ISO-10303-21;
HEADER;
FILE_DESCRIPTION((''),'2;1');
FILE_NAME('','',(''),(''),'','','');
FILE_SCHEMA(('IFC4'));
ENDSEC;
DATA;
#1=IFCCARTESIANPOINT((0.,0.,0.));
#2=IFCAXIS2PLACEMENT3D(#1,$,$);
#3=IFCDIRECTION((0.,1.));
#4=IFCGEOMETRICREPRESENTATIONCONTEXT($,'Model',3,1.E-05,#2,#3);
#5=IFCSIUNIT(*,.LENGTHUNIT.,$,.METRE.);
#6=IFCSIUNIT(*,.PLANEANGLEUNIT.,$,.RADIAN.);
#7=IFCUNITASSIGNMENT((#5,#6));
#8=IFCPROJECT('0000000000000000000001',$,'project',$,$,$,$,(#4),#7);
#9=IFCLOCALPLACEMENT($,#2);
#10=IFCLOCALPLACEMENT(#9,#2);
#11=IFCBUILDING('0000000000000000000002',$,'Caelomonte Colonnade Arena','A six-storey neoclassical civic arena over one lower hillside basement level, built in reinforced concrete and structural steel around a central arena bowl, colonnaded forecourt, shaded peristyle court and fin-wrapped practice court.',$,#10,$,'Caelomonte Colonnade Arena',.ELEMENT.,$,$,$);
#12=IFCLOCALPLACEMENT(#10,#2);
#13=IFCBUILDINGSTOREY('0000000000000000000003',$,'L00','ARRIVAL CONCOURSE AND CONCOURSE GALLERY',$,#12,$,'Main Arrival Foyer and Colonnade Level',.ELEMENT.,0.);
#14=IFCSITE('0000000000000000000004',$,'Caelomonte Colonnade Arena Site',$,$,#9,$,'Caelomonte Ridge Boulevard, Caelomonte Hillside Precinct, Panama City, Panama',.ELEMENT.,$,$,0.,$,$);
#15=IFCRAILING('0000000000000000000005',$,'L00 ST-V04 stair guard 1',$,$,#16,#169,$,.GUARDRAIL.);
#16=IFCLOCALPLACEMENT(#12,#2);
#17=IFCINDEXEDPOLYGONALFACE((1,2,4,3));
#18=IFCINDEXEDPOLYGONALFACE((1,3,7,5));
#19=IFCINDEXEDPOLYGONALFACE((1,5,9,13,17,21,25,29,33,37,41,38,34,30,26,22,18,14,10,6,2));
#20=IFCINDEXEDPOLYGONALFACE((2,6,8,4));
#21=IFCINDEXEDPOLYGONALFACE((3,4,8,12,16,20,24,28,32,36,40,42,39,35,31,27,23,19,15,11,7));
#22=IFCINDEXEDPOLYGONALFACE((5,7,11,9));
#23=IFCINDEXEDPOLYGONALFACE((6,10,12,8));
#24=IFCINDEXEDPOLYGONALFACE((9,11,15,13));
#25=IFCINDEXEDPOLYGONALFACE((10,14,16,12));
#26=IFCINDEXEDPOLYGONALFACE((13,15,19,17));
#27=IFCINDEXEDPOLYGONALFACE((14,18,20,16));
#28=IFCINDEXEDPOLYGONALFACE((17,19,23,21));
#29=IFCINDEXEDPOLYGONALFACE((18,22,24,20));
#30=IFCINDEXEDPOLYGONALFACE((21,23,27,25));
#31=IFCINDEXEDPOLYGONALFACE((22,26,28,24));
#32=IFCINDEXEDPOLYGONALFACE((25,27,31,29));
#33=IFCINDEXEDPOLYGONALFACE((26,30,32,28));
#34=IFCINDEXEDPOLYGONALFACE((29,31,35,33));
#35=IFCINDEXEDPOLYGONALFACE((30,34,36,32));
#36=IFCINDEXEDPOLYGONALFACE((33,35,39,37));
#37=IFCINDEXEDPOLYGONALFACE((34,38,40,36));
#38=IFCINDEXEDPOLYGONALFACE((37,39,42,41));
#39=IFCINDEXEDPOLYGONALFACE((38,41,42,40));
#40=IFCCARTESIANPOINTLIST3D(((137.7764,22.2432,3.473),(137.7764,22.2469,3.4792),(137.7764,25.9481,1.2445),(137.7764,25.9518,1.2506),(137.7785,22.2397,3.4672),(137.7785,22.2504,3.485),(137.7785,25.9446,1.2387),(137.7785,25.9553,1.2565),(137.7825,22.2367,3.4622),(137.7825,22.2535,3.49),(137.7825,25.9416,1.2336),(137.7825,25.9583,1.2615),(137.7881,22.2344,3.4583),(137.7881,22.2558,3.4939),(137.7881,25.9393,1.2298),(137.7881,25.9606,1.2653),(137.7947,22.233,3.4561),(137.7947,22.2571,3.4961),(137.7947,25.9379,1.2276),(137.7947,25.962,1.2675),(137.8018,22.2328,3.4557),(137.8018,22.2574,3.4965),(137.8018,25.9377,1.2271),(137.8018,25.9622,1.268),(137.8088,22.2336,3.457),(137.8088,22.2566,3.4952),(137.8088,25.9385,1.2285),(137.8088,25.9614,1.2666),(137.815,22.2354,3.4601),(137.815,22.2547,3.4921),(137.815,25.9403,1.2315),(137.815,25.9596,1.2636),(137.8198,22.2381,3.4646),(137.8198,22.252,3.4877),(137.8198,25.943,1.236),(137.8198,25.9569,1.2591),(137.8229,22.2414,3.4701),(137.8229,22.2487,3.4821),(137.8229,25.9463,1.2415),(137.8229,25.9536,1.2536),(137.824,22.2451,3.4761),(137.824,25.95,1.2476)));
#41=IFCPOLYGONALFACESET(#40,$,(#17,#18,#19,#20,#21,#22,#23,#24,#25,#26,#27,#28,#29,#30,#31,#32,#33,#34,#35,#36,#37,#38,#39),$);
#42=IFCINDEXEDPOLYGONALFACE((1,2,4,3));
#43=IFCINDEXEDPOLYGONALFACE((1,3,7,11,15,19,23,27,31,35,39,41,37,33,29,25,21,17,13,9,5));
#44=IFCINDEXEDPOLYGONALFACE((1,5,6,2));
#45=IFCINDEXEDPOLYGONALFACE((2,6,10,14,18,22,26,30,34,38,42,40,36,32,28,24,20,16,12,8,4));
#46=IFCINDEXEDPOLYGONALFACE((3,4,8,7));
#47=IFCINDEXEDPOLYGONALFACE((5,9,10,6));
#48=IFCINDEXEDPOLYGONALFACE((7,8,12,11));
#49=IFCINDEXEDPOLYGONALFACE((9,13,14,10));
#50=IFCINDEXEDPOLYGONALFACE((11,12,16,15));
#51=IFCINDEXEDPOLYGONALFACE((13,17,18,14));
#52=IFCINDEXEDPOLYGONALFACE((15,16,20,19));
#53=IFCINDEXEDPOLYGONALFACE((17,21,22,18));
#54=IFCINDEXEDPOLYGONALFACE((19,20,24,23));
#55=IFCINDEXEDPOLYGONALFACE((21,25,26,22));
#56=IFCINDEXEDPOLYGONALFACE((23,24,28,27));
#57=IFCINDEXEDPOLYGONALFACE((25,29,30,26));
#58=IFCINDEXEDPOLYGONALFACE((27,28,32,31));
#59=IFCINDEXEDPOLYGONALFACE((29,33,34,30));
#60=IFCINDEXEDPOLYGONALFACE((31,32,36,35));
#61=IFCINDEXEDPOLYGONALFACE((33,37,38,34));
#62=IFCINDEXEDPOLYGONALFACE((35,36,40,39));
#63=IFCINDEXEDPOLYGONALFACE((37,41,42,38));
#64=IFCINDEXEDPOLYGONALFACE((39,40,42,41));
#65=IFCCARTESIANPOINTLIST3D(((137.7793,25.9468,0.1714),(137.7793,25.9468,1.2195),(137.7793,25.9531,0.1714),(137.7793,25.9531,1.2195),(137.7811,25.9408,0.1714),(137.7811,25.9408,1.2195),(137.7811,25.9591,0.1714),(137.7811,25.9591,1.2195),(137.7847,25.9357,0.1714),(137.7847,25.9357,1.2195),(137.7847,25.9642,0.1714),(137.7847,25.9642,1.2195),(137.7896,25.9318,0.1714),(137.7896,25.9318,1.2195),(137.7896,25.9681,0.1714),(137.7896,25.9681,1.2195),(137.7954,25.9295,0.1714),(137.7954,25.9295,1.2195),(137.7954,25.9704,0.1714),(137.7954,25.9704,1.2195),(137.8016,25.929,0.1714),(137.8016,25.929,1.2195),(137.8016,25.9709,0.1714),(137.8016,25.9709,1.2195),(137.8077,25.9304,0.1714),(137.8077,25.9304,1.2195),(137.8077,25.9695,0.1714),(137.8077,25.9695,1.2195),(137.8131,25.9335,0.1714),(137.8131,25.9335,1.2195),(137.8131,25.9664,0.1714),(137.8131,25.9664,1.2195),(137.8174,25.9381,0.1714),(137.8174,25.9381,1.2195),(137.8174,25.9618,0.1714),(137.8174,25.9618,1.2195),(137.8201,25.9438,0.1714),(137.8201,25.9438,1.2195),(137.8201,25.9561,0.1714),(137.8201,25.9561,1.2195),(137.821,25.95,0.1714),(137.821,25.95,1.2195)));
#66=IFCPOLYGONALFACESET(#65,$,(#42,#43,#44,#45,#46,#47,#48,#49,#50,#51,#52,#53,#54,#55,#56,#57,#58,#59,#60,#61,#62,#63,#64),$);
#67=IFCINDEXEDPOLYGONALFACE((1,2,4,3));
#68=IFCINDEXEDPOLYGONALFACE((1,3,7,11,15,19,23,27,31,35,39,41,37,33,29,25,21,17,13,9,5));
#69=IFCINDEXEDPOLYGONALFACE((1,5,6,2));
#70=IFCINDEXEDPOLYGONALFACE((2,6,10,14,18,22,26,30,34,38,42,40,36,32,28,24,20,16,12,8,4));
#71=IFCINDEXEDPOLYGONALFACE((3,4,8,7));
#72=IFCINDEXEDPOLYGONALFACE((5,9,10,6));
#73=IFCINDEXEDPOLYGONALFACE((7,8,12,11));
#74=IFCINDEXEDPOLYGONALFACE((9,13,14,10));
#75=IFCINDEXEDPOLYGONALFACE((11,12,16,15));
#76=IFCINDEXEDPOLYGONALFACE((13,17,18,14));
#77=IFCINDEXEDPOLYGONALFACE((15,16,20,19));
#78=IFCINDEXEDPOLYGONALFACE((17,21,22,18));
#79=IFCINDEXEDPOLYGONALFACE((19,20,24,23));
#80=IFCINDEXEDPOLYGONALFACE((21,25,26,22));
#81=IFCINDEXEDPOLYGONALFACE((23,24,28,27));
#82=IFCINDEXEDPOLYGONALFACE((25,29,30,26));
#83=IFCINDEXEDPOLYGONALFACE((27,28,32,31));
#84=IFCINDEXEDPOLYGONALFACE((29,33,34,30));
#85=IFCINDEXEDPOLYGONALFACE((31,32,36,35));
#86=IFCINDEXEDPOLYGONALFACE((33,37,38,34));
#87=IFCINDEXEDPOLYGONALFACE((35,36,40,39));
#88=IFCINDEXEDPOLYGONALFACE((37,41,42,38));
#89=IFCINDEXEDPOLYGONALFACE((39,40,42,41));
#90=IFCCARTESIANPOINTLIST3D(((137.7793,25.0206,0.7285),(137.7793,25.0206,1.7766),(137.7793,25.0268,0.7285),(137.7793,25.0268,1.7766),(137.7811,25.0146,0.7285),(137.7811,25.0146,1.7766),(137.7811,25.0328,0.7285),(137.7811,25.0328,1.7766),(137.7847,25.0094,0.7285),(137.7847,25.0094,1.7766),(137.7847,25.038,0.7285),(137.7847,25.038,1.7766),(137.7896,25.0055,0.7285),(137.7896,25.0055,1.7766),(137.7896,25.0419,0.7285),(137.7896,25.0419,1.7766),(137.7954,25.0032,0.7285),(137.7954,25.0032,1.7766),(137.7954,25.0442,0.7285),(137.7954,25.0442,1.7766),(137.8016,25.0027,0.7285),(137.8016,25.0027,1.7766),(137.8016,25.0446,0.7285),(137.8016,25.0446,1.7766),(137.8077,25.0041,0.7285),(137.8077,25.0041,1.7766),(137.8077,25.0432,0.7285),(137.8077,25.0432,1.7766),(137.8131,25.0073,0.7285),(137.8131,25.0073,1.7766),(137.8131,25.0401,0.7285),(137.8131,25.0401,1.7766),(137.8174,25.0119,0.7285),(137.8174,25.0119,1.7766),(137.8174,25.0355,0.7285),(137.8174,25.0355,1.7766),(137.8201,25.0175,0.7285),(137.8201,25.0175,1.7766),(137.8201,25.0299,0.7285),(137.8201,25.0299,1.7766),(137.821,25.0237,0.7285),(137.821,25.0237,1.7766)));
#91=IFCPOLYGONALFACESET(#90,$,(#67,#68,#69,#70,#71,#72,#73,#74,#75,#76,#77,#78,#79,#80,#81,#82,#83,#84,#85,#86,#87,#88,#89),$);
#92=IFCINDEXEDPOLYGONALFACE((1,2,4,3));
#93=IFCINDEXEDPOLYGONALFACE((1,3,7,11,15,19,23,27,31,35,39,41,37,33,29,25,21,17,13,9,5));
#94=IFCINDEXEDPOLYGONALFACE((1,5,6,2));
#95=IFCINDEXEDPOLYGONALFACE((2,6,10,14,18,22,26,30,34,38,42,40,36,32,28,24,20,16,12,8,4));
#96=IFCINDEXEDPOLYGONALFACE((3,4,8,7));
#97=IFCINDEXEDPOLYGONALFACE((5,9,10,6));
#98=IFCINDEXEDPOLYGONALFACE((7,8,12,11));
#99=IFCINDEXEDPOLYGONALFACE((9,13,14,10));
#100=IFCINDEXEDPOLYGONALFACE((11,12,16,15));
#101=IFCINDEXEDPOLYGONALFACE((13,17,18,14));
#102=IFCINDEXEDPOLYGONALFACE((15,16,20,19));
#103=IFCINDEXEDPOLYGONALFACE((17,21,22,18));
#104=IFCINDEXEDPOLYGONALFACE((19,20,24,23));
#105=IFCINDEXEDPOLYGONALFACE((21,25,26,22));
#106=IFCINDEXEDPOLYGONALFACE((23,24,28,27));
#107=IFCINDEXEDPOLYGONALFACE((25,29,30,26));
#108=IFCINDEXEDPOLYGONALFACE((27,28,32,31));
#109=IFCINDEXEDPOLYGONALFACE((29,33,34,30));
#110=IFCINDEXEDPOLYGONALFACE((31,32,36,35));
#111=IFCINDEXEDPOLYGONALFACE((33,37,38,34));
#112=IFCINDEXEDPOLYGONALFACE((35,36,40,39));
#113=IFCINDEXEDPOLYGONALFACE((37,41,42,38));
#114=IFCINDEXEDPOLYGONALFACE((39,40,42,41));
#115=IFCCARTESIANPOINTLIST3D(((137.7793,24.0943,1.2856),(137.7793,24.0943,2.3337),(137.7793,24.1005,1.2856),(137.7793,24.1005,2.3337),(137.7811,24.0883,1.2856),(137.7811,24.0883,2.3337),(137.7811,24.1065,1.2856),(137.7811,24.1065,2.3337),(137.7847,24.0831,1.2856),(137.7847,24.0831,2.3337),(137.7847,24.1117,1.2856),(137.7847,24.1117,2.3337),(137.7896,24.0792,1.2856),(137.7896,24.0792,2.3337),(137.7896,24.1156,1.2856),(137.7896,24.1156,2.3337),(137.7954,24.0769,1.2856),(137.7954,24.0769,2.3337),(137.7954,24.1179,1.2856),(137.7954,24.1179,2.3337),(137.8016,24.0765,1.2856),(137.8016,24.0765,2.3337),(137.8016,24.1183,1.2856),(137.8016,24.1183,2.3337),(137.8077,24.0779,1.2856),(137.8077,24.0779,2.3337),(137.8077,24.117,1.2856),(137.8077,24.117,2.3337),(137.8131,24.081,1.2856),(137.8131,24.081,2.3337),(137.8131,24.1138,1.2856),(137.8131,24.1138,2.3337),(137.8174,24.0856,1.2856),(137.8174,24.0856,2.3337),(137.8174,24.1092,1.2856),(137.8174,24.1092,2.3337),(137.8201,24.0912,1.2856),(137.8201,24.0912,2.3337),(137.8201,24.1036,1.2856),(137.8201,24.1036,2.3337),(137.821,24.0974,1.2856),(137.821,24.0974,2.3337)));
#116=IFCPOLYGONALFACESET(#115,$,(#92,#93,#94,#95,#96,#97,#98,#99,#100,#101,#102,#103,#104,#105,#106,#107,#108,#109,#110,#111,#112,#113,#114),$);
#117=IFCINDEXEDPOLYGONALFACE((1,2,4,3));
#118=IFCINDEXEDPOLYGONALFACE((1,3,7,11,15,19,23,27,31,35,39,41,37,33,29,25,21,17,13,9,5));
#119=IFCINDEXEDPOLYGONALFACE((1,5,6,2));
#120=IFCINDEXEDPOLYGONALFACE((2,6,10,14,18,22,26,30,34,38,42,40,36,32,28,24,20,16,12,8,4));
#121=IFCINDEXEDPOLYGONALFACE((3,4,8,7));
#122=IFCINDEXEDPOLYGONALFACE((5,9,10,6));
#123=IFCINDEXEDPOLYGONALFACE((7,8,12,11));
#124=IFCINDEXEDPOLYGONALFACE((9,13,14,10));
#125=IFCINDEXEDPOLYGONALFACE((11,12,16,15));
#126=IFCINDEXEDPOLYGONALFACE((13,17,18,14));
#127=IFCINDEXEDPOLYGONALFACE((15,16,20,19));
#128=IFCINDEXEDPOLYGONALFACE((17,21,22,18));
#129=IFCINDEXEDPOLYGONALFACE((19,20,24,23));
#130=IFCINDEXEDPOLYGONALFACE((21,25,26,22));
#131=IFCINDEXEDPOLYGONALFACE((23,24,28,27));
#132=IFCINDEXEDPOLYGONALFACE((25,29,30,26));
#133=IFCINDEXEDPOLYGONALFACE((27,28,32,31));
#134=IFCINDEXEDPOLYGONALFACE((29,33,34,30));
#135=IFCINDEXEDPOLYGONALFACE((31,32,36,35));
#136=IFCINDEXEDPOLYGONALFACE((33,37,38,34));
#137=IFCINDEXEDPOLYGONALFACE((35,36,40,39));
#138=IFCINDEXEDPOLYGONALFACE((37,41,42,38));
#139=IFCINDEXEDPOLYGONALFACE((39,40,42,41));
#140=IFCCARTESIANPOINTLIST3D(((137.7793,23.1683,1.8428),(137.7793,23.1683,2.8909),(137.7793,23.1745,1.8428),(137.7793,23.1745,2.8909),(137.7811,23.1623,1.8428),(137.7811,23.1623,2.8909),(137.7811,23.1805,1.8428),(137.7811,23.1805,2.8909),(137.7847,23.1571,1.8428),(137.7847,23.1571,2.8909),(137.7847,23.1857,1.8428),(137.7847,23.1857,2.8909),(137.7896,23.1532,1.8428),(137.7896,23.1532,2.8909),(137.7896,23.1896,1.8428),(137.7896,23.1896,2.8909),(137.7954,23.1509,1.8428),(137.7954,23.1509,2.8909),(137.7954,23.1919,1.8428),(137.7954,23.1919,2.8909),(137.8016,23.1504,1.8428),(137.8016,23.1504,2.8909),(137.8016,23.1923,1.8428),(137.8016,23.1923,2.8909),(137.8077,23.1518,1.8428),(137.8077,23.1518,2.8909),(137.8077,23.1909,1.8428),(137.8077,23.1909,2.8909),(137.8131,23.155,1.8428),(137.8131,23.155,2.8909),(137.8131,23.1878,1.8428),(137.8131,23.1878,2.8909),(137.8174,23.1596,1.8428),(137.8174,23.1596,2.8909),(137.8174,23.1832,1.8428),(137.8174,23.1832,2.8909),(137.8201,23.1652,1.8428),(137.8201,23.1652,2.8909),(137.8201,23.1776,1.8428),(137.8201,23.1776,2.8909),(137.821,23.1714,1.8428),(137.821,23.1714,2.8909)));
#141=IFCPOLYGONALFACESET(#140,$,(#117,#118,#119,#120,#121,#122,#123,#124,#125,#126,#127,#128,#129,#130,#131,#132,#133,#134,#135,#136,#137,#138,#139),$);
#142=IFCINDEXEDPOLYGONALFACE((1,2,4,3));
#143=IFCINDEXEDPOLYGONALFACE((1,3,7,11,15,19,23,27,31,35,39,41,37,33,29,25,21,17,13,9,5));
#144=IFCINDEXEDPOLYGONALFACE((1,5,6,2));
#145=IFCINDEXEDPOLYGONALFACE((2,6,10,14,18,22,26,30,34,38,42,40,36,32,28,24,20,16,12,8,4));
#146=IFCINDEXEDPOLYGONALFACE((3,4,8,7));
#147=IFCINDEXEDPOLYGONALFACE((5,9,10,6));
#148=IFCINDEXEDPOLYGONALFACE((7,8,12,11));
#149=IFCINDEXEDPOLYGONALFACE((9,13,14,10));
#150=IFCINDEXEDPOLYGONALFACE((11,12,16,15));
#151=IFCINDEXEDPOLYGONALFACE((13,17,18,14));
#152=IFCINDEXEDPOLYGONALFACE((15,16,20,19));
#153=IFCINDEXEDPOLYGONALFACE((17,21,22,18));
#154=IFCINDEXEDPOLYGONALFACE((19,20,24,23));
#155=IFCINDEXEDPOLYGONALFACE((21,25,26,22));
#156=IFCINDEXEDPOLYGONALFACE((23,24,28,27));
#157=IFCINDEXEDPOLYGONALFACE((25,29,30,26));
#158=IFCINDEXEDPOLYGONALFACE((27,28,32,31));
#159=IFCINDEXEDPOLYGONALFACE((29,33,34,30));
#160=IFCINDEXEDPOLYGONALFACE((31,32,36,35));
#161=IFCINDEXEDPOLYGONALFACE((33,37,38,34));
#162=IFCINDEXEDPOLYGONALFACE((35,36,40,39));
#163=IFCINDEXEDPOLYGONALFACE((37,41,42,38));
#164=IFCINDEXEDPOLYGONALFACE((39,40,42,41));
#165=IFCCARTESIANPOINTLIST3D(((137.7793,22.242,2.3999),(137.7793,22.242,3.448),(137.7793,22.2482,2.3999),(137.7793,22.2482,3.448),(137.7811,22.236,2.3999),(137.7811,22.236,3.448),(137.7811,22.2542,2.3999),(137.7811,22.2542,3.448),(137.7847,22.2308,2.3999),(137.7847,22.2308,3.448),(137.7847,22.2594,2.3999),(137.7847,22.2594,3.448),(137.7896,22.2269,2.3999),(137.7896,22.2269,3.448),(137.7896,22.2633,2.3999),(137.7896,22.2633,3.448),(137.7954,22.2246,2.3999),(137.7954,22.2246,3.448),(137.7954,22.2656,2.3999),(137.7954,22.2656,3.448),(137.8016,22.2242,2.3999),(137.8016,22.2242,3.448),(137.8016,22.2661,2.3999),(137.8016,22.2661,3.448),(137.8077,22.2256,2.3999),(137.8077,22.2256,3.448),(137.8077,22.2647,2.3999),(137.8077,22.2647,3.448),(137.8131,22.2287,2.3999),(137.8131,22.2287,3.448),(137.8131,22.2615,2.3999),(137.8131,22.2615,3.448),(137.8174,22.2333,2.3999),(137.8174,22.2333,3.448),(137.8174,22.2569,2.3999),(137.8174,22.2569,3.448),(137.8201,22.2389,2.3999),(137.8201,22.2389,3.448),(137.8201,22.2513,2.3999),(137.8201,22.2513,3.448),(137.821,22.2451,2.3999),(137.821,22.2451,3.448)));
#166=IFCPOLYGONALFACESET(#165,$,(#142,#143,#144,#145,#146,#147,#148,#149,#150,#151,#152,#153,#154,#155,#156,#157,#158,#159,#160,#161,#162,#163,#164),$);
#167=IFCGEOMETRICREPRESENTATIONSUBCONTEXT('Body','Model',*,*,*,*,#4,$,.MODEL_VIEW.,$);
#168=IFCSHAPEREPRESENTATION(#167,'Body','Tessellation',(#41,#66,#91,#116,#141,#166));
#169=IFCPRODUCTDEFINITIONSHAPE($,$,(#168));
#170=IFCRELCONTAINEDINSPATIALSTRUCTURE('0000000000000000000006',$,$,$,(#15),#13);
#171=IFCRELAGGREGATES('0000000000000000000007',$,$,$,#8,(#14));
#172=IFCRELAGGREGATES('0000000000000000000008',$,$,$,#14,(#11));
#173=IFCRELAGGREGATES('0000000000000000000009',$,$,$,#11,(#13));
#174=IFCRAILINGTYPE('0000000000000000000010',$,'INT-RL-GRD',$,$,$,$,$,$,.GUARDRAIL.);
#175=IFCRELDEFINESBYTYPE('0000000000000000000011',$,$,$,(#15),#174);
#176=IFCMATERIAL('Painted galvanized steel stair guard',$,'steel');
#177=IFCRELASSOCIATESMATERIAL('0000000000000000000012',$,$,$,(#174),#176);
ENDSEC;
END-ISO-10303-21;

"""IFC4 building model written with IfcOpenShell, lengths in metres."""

from ifc_helpers import new_model, si_unit, direction, frame, origin, origin_2d, place, context, subcontext, project, spatial, circle, extrude, material, type_object, element, save


model = new_model("IFC4")

# Units and contexts
model_context = context("Model", 3, precision=1e-05, world=origin(), true_north=direction((0.0, 1.0)))
body_context = subcontext(model_context, "Body", "Model", "MODEL_VIEW")
ifc_project = project(units=[si_unit("LENGTHUNIT", "METRE"), si_unit("PLANEANGLEUNIT", "RADIAN")], contexts=[model_context])

# Site, building, storey
site_placement = place(None, origin())
site = spatial("IfcSite", under=ifc_project, at=site_placement, Name="Caelomonte Colonnade Arena Site", LongName="Caelomonte Ridge Boulevard, Caelomonte Hillside Precinct, Panama City, Panama", CompositionType="ELEMENT", RefElevation=0.0)
building_placement = place(site_placement, origin())
building = spatial("IfcBuilding", under=site, at=building_placement, Name="Caelomonte Colonnade Arena", Description="A six-storey neoclassical civic arena over one lower hillside basement level, built in reinforced concrete and structural steel around a central arena bowl, colonnaded forecourt, shaded peristyle court and fin-wrapped practice court.", LongName="Caelomonte Colonnade Arena", CompositionType="ELEMENT")
storey_placement = place(building_placement, origin())
storey = spatial("IfcBuildingStorey", under=building, at=storey_placement, Name="L00", Description="ARRIVAL CONCOURSE AND CONCOURSE GALLERY", LongName="Main Arrival Foyer and Colonnade Level", CompositionType="ELEMENT", Elevation=0.0)

# Railing
ifc_material_1 = material(Name="Painted galvanized steel stair guard", Category="steel")
railing_type_1 = type_object("IfcRailingType", Name="INT-RL-GRD", PredefinedType="GUARDRAIL", material=ifc_material_1)
railing_1_placement = place(storey_placement, frame((137.8, 25.95, 0.1714)))
element("IfcRailing", 1, at=railing_1_placement, inside=storey, type_object=railing_type_1, Name="L00 ST-V04 stair guard 1", PredefinedType="GUARDRAIL", context=body_context, shape_type="SweptSolid", body=[
    extrude(circle(Radius=0.0239, at=origin_2d()), frame((0.0, 0.0, 1.0762), z_axis=(0.0, -0.856919, 0.51545), x_axis=(1.0, 0.0, 0.0)), (0.0, 0.0, 1.0), 4.3235),
    extrude(circle(Radius=0.021, at=origin_2d()), origin(), (0.0, 0.0, 1.0), 1.0481),
    extrude(circle(Radius=0.021, at=origin_2d()), frame((0.0, -0.9263, 0.5571)), (0.0, 0.0, 1.0), 1.0481),
    extrude(circle(Radius=0.021, at=origin_2d()), frame((0.0, -1.8525, 1.1143)), (0.0, 0.0, 1.0), 1.0481),
    extrude(circle(Radius=0.021, at=origin_2d()), frame((0.0, -2.7786, 1.6714)), (0.0, 0.0, 1.0), 1.0481),
    extrude(circle(Radius=0.021, at=origin_2d()), frame((0.0, -3.7048, 2.2285)), (0.0, 0.0, 1.0), 1.0481),
])

save(model, "model.ifc")
